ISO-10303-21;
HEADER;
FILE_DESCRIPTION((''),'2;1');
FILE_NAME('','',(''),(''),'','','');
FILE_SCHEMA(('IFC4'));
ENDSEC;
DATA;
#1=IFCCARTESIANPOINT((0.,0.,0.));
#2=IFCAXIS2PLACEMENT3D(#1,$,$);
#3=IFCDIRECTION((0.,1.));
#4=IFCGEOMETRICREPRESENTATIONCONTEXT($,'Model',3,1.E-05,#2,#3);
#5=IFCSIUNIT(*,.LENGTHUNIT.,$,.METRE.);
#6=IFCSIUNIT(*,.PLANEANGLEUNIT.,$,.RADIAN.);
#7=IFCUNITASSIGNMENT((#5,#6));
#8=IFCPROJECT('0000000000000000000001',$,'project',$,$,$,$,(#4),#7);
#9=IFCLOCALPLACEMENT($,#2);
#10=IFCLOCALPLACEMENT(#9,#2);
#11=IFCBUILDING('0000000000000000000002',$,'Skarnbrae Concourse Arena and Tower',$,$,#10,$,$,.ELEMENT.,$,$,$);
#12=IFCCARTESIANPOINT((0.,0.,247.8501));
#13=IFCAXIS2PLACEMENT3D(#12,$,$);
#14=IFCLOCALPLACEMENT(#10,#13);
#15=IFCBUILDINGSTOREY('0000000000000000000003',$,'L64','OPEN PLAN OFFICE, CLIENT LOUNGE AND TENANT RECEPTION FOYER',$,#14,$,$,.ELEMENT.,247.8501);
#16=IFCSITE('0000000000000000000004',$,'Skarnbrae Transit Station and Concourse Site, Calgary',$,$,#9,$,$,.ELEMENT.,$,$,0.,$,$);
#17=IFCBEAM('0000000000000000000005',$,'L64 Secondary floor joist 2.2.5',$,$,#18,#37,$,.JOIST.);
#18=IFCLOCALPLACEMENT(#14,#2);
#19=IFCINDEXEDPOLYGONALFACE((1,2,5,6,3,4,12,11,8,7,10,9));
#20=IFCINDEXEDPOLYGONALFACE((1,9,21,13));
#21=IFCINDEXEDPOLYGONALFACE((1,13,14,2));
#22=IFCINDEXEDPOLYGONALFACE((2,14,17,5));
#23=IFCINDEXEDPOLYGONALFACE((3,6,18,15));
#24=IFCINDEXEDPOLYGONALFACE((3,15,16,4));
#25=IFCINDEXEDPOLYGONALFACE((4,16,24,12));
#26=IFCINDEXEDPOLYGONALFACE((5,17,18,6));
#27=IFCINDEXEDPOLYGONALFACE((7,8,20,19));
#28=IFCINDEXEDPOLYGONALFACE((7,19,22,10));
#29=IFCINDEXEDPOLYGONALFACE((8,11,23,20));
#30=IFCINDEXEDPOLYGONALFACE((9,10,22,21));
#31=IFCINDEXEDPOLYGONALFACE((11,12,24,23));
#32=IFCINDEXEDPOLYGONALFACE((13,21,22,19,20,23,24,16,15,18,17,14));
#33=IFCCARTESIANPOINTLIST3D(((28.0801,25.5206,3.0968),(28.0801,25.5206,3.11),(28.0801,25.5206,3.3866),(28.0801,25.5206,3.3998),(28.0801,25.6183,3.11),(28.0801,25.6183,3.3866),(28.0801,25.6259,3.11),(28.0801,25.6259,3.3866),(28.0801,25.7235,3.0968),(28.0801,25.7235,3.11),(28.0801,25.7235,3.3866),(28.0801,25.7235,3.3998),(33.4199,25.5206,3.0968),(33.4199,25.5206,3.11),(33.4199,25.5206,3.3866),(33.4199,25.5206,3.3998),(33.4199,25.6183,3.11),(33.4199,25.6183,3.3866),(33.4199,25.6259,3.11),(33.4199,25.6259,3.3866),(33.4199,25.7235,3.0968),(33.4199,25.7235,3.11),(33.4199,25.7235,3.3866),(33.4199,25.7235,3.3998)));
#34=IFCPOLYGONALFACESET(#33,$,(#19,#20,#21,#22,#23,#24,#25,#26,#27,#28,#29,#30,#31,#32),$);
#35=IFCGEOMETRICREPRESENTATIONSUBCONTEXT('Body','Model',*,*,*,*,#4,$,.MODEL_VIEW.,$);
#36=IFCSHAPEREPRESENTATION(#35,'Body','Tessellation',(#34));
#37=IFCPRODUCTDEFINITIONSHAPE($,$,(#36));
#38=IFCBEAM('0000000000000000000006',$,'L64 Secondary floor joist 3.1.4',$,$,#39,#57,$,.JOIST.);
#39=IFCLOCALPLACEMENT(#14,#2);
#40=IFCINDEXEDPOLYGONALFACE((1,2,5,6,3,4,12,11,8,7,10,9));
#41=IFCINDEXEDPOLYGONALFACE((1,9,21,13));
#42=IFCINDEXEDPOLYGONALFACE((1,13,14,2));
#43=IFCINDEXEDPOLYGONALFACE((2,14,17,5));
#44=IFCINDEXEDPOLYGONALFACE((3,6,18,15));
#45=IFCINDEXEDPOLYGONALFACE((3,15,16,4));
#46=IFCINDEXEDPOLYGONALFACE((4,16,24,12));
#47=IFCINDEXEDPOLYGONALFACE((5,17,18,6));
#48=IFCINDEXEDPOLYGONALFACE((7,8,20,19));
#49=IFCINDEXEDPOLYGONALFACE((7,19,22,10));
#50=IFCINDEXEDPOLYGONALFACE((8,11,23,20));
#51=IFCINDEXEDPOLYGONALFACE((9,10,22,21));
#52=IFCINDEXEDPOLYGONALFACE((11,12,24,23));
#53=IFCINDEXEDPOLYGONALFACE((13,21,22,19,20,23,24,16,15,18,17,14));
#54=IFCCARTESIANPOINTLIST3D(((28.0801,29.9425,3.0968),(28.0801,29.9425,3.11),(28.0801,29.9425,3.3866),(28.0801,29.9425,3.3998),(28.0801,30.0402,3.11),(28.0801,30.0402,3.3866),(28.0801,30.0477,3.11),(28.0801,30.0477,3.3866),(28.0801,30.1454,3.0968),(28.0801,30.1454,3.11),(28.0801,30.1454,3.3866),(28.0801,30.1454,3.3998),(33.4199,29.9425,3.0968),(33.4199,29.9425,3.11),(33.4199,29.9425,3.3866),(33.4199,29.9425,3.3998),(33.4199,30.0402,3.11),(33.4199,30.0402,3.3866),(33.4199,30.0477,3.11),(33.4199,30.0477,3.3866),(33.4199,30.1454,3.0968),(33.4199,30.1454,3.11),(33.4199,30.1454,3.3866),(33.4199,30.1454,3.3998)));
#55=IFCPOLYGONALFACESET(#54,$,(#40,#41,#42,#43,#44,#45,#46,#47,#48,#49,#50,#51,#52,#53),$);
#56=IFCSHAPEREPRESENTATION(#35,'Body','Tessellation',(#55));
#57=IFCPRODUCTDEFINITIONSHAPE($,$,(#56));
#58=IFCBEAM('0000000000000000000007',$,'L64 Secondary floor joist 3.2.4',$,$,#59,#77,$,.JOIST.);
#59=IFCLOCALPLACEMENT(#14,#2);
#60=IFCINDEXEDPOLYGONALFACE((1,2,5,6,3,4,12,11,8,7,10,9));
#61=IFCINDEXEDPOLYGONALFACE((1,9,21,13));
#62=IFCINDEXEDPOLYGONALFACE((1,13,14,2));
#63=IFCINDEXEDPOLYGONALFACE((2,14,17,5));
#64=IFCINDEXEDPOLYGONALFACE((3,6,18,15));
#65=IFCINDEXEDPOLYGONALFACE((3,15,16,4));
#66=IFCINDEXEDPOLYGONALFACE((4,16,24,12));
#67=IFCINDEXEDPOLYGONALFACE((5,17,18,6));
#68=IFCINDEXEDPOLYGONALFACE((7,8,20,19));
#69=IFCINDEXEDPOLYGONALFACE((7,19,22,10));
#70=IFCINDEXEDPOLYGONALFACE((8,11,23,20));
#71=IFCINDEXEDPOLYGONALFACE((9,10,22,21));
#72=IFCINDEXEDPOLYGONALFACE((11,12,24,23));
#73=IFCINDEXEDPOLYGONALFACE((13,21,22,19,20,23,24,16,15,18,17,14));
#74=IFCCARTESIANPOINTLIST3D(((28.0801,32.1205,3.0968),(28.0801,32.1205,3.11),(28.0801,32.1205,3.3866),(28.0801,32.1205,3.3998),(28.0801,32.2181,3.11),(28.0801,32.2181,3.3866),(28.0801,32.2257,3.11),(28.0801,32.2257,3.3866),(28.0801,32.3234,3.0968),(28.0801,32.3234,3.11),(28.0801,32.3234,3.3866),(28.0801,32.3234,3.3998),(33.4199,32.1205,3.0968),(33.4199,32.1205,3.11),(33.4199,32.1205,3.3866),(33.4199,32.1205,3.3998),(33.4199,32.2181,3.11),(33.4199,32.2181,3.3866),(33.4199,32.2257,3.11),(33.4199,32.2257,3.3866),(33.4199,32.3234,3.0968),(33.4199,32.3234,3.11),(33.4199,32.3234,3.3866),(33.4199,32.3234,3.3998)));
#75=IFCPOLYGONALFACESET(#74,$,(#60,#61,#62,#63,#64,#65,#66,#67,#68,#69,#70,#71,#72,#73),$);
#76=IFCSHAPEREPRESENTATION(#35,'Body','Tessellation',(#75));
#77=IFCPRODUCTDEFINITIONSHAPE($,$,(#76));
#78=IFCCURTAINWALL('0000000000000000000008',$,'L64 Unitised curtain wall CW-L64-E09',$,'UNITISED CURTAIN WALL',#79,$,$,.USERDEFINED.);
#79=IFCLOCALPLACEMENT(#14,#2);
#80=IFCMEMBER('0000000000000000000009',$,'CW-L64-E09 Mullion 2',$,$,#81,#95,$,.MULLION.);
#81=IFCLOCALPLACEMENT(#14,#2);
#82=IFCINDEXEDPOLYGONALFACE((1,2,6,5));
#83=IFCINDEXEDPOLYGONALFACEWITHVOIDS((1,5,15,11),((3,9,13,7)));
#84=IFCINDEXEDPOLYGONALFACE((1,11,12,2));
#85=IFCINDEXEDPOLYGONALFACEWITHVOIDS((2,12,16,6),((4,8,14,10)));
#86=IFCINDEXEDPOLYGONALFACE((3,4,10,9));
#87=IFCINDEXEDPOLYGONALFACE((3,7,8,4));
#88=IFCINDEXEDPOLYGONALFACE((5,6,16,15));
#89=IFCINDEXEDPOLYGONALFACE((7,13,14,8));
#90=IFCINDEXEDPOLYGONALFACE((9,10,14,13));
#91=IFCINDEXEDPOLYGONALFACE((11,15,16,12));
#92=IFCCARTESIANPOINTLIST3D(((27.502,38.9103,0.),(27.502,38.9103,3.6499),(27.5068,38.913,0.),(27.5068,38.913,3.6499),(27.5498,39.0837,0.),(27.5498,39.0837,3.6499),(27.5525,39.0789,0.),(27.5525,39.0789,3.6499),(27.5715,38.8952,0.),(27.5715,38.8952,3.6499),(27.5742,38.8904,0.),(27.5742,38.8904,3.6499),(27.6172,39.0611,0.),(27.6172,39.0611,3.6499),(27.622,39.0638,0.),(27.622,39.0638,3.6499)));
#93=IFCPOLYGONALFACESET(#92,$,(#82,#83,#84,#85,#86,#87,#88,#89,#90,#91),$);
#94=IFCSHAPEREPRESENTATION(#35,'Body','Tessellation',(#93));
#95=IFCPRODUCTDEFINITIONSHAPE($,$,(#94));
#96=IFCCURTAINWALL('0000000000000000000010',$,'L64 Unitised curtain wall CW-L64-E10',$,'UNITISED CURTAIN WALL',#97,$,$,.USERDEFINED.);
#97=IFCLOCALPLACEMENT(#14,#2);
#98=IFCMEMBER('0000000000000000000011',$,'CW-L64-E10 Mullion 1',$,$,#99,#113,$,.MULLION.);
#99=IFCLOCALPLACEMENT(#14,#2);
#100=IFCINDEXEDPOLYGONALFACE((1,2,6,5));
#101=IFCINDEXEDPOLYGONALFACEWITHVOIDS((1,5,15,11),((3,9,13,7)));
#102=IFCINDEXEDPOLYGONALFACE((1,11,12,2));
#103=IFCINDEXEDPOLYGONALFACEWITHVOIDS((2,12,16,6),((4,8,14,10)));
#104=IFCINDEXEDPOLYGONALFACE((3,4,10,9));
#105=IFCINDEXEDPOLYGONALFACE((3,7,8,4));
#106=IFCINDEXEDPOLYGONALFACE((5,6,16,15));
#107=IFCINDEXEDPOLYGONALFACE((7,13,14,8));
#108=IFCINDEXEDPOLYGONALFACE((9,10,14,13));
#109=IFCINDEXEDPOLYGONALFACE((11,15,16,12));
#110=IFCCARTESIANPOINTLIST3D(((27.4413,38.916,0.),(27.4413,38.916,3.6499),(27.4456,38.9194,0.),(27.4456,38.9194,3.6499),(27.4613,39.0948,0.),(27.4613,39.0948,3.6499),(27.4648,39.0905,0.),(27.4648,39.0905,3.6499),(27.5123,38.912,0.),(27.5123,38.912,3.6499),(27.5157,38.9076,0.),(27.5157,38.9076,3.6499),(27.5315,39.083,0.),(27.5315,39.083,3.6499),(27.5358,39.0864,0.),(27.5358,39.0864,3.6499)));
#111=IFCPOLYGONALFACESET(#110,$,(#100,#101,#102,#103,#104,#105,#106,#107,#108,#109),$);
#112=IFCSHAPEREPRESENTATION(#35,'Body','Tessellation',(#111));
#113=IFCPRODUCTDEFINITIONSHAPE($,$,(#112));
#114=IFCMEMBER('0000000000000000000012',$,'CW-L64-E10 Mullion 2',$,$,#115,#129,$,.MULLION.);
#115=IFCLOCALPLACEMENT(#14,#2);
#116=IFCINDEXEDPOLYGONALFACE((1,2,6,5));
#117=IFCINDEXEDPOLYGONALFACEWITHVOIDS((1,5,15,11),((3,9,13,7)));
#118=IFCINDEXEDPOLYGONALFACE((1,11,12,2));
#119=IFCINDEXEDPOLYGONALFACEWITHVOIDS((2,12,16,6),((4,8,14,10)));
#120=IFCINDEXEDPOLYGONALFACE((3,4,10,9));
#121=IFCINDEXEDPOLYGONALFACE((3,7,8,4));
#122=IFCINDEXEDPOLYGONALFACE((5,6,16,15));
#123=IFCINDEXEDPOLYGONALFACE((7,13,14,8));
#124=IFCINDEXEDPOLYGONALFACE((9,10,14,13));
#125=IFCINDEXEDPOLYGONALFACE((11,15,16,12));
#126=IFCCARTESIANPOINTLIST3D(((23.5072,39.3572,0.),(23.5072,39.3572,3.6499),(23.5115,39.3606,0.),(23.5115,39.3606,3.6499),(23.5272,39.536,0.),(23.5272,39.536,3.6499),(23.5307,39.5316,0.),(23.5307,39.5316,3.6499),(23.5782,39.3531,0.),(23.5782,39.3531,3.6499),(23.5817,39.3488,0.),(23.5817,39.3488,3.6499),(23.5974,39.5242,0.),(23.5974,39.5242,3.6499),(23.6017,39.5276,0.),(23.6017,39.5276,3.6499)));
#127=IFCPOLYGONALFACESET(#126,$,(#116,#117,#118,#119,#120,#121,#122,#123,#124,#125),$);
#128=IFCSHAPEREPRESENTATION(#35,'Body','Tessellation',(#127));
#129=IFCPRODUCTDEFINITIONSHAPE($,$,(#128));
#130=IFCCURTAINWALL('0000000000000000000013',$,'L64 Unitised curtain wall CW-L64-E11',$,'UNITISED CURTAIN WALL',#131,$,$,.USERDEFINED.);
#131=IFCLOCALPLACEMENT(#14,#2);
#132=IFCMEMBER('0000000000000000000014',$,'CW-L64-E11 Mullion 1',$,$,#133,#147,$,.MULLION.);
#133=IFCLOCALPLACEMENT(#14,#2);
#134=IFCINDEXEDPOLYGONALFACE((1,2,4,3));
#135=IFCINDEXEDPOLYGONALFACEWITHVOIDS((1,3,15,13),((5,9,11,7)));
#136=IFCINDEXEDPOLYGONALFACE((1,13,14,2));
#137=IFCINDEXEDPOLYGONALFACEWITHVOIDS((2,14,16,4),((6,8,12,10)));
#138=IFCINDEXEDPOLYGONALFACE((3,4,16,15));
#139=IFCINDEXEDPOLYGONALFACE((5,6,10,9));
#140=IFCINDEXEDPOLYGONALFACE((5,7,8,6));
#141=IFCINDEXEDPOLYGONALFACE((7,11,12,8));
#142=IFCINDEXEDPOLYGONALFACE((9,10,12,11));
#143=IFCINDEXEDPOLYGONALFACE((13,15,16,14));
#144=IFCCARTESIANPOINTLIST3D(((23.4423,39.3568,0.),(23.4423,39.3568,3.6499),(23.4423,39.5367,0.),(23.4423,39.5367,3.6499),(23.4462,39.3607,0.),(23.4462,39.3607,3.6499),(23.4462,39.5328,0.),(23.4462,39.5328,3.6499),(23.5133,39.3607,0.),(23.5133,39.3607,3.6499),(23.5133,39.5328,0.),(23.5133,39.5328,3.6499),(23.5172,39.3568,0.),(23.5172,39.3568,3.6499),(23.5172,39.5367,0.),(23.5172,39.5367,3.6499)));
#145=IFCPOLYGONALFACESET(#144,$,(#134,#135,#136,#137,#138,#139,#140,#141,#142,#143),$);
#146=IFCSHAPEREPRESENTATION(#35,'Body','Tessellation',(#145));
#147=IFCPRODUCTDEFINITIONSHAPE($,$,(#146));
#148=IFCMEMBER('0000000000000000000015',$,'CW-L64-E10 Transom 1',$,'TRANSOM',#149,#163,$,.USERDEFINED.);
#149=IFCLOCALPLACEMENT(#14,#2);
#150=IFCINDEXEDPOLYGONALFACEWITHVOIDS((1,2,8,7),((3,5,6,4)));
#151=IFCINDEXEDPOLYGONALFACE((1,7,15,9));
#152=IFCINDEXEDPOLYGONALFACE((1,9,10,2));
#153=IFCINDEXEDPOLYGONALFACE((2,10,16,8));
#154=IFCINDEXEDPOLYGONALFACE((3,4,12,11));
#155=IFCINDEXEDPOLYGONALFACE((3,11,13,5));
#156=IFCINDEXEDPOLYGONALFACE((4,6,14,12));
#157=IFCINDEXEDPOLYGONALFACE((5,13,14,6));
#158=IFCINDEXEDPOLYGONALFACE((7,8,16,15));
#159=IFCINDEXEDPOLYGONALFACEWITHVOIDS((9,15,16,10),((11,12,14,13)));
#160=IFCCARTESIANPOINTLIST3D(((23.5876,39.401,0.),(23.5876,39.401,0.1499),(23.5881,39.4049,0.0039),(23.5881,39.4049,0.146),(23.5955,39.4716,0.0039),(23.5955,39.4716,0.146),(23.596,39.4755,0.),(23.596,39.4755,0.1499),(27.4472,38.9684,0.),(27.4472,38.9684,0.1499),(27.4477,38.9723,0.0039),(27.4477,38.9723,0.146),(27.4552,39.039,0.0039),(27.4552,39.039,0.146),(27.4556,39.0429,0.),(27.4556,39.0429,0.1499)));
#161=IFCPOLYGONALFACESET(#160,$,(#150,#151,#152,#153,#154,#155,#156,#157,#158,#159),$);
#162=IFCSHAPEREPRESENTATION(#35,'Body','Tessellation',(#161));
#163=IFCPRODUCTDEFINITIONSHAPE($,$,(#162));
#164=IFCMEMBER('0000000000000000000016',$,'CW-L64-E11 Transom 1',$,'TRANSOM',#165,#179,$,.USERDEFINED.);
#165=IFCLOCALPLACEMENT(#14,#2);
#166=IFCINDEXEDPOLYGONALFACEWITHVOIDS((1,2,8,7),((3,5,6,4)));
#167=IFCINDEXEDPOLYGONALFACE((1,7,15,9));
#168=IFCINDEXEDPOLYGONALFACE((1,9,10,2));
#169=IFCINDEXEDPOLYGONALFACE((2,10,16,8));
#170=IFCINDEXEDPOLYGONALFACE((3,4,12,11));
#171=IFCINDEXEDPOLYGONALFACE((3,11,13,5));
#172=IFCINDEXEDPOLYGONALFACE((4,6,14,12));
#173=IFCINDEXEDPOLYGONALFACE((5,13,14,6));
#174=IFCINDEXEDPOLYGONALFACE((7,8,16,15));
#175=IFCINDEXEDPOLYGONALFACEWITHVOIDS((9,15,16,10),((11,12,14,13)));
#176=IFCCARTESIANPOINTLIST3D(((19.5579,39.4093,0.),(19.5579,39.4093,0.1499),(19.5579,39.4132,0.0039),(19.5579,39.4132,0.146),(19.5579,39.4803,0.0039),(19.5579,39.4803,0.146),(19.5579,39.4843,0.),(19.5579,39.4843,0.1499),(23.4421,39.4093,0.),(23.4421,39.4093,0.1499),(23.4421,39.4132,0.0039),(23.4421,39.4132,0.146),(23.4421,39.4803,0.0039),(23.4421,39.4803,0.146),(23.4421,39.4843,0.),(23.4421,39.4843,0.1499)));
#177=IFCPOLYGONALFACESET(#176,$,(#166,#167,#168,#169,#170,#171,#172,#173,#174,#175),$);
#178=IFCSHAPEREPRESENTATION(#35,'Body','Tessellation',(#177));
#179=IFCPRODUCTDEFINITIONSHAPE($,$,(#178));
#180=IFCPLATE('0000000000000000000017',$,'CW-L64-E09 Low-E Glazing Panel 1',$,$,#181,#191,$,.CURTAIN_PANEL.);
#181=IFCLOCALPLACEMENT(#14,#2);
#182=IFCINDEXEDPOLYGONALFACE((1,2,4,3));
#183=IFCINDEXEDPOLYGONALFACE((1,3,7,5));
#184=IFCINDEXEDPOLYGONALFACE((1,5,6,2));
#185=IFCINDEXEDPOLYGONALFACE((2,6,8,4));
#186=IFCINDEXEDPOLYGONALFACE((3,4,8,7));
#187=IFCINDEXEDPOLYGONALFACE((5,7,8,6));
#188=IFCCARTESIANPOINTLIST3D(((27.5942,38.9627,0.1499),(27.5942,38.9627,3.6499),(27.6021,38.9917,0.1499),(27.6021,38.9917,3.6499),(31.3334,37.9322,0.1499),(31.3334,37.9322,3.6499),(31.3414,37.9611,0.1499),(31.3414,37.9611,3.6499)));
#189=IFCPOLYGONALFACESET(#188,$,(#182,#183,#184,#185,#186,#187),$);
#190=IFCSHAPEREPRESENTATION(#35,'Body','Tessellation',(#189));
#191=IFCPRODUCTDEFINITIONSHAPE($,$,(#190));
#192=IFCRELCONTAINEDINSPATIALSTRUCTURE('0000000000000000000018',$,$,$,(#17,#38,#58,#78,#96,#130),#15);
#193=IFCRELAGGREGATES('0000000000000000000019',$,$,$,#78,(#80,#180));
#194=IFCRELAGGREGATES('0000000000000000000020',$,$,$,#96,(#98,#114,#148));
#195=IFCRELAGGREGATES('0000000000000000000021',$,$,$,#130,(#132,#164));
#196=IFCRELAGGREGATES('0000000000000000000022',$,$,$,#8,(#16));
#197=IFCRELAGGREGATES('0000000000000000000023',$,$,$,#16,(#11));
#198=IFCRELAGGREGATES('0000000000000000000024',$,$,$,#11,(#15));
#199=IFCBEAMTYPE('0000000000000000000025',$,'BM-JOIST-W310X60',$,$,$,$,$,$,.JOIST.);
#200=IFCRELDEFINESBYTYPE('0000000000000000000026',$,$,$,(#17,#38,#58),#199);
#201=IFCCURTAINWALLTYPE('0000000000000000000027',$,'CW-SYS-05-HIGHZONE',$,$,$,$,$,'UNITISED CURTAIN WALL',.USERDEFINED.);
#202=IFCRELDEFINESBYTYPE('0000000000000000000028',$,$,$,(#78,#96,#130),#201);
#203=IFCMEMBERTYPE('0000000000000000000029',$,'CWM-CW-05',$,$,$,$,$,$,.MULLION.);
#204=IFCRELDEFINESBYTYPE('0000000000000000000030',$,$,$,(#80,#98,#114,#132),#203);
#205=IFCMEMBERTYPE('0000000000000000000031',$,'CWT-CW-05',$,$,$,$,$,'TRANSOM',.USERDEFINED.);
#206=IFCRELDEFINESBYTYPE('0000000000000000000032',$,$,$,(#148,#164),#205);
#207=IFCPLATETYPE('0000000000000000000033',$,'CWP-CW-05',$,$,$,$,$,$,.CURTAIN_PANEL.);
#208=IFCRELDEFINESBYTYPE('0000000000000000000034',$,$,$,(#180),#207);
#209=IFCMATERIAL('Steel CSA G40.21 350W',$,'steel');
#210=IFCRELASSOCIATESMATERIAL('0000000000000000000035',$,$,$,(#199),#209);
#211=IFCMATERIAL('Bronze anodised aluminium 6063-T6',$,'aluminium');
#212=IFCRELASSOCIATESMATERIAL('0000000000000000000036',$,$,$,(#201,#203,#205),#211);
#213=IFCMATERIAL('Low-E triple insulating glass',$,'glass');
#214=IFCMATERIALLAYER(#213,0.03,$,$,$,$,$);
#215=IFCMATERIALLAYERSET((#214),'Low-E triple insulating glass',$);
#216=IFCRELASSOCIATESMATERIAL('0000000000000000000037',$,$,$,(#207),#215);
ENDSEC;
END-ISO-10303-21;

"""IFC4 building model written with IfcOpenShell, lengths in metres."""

from ifc_helpers import new_model, si_unit, direction, frame, origin, origin_2d, place, context, subcontext, project, spatial, rectangle, hollow_rectangle, i_section, extrude, source, transform, mapped, material, layer, layer_set, material_profile, profile_set, type_object, element, aggregate, save


model = new_model("IFC4")

# Units and contexts
model_context = context("Model", 3, precision=1e-05, world=origin(), true_north=direction((0.0, 1.0)))
body_context = subcontext(model_context, "Body", "Model", "MODEL_VIEW")
ifc_project = project(units=[si_unit("LENGTHUNIT", "METRE"), si_unit("PLANEANGLEUNIT", "RADIAN")], contexts=[model_context])

# Site, building, storey
site_placement = place(None, origin())
site = spatial("IfcSite", under=ifc_project, at=site_placement, Name="Skarnbrae Transit Station and Concourse Site, Calgary", CompositionType="ELEMENT", RefElevation=0.0)
building_placement = place(site_placement, origin())
building = spatial("IfcBuilding", under=site, at=building_placement, Name="Skarnbrae Concourse Arena and Tower", CompositionType="ELEMENT")
storey_placement = place(building_placement, frame((0.0, 0.0, 247.8501)))
storey = spatial("IfcBuildingStorey", under=building, at=storey_placement, Name="L64", Description="OPEN PLAN OFFICE, CLIENT LOUNGE AND TENANT RECEPTION FOYER", CompositionType="ELEMENT", Elevation=247.8501)

# Shared definitions
ifc_material_1 = material(Name="Steel CSA G40.21 350W", Category="steel")

# Beams
ifc_material_profile_1 = material_profile(ifc_material_1, i_section(OverallWidth=0.2029, OverallDepth=0.303, WebThickness=0.0076, FlangeThickness=0.0132, at=origin_2d()), Name="W310X60")
ifc_profile_set_1 = profile_set([ifc_material_profile_1], Name="Steel CSA G40.21 350W")
beam_type_1 = type_object("IfcBeamType", Name="BM-JOIST-W310X60", PredefinedType="JOIST", material=ifc_profile_set_1)
shared_shape_1 = source(origin(), body_context, "Body", "SweptSolid", [
    extrude(i_section(OverallWidth=0.2029, OverallDepth=0.303, WebThickness=0.0076, FlangeThickness=0.0132, at=origin_2d()), origin(), (0.0, 0.0, 1.0), 5.3398),
])
for number, where, z_axis, x_axis, name in (
    (1, (28.0801, 25.6221, 3.2483), (1.0, 0.0, 0.0), (0.0, 1.0, 0.0), "L64 Secondary floor joist 2.2.5"),
    (2, (28.0801, 30.0439, 3.2483), (1.0, 0.0, 0.0), (0.0, 1.0, 0.0), "L64 Secondary floor joist 3.1.4"),
    (3, (28.0801, 32.2219, 3.2483), (1.0, 0.0, 0.0), (0.0, 1.0, 0.0), "L64 Secondary floor joist 3.2.4"),
):
    element("IfcBeam", number, at=place(storey_placement, frame(where, z_axis=z_axis, x_axis=x_axis)), inside=storey, type_object=beam_type_1, Name=name, PredefinedType="JOIST", context=body_context, shape_type="MappedRepresentation", body=[
        mapped(shared_shape_1, transform((0.0, 0.0, 0.0))),
    ])

# Curtain wall, member
ifc_material_2 = material(Name="Bronze anodised aluminium 6063-T6", Category="aluminium")
curtain_wall_type = type_object("IfcCurtainWallType", Name="CW-SYS-05-HIGHZONE", ElementType="UNITISED CURTAIN WALL", PredefinedType="USERDEFINED", material=ifc_material_2)
curtain_wall_1_placement = place(storey_placement, origin())
curtain_wall_1 = element("IfcCurtainWall", 4, at=curtain_wall_1_placement, inside=storey, type_object=curtain_wall_type, Name="L64 Unitised curtain wall CW-L64-E09", ObjectType="UNITISED CURTAIN WALL", PredefinedType="USERDEFINED")
ifc_material_profile_2 = material_profile(ifc_material_2, hollow_rectangle(XDim=0.075, YDim=0.1799, WallThickness=0.0039, at=origin_2d()), Name="ALU-MULL-75X180")
ifc_profile_set_2 = profile_set([ifc_material_profile_2], Name="Bronze anodised aluminium 6063-T6")
member_type_1 = type_object("IfcMemberType", Name="CWM-CW-05", PredefinedType="MULLION", material=ifc_profile_set_2)
shared_shape_2 = source(origin(), body_context, "Body", "SweptSolid", [
    extrude(hollow_rectangle(XDim=0.075, YDim=0.1799, WallThickness=0.0039, at=origin_2d()), origin(), (0.0, 0.0, 1.0), 3.6499),
])
member_1_placement = place(storey_placement, frame((27.562, 38.9871, 0.0), z_axis=(0.0, 0.0, 1.0), x_axis=(-0.964057, 0.265694, 0.0)))
member_1 = element("IfcMember", 5, at=member_1_placement, type_object=member_type_1, Name="CW-L64-E09 Mullion 2", PredefinedType="MULLION", context=body_context, shape_type="MappedRepresentation", body=[
    mapped(shared_shape_2, transform((0.0, 0.0, 0.0))),
])

# Curtain wall, members
curtain_wall_2_placement = place(storey_placement, origin())
curtain_wall_2 = element("IfcCurtainWall", 6, at=curtain_wall_2_placement, inside=storey, type_object=curtain_wall_type, Name="L64 Unitised curtain wall CW-L64-E10", ObjectType="UNITISED CURTAIN WALL", PredefinedType="USERDEFINED")
member_2_placement = place(storey_placement, frame((27.4885, 39.0012, 0.0), z_axis=(0.0, 0.0, 1.0), x_axis=(-0.993769, 0.11146, 0.0)))
member_2 = element("IfcMember", 7, at=member_2_placement, type_object=member_type_1, Name="CW-L64-E10 Mullion 1", PredefinedType="MULLION", context=body_context, shape_type="MappedRepresentation", body=[
    mapped(shared_shape_2, transform((0.0, 0.0, 0.0))),
])
member_3_placement = place(storey_placement, frame((23.5544, 39.4424, 0.0), z_axis=(0.0, 0.0, 1.0), x_axis=(-0.993769, 0.11146, 0.0)))
member_3 = element("IfcMember", 8, at=member_3_placement, type_object=member_type_1, Name="CW-L64-E10 Mullion 2", PredefinedType="MULLION", context=body_context, shape_type="MappedRepresentation", body=[
    mapped(shared_shape_2, transform((0.0, 0.0, 0.0))),
])

# Curtain wall, member
curtain_wall_3_placement = place(storey_placement, origin())
curtain_wall_3 = element("IfcCurtainWall", 9, at=curtain_wall_3_placement, inside=storey, type_object=curtain_wall_type, Name="L64 Unitised curtain wall CW-L64-E11", ObjectType="UNITISED CURTAIN WALL", PredefinedType="USERDEFINED")
member_4_placement = place(storey_placement, frame((23.4797, 39.4468, 0.0), z_axis=(0.0, 0.0, 1.0), x_axis=(-1.0, 0.0, 0.0)))
member_4 = element("IfcMember", 10, at=member_4_placement, type_object=member_type_1, Name="CW-L64-E11 Mullion 1", PredefinedType="MULLION", context=body_context, shape_type="MappedRepresentation", body=[
    mapped(shared_shape_2, transform((0.0, 0.0, 0.0))),
])

# Members
ifc_material_profile_3 = material_profile(ifc_material_2, hollow_rectangle(XDim=0.075, YDim=0.1499, WallThickness=0.0039, at=origin_2d()), Name="ALU-TRAN-75X150")
ifc_profile_set_3 = profile_set([ifc_material_profile_3], Name="Bronze anodised aluminium 6063-T6")
member_type_2 = type_object("IfcMemberType", Name="CWT-CW-05", ElementType="TRANSOM", PredefinedType="USERDEFINED", material=ifc_profile_set_3)
shared_shape_3 = source(origin(), body_context, "Body", "SweptSolid", [
    extrude(hollow_rectangle(XDim=0.075, YDim=0.1499, WallThickness=0.0039, at=origin_2d()), origin(), (0.0, 0.0, 1.0), 3.8838),
])
member_5_placement = place(storey_placement, frame((27.4514, 39.0056, 0.075), z_axis=(-0.993777, 0.11139, 0.0), x_axis=(-0.11139, -0.993777, 0.0)))
member_5 = element("IfcMember", 11, at=member_5_placement, type_object=member_type_2, Name="CW-L64-E10 Transom 1", ObjectType="TRANSOM", PredefinedType="USERDEFINED", context=body_context, shape_type="MappedRepresentation", body=[
    mapped(shared_shape_3, transform((0.0, 0.0, 0.0))),
])
shared_shape_4 = source(origin(), body_context, "Body", "SweptSolid", [
    extrude(hollow_rectangle(XDim=0.075, YDim=0.1499, WallThickness=0.0039, at=origin_2d()), origin(), (0.0, 0.0, 1.0), 3.8843),
])
member_6_placement = place(storey_placement, frame((23.4421, 39.4468, 0.075), z_axis=(-1.0, 0.0, 0.0), x_axis=(0.0, -1.0, 0.0)))
member_6 = element("IfcMember", 12, at=member_6_placement, type_object=member_type_2, Name="CW-L64-E11 Transom 1", ObjectType="TRANSOM", PredefinedType="USERDEFINED", context=body_context, shape_type="MappedRepresentation", body=[
    mapped(shared_shape_4, transform((0.0, 0.0, 0.0))),
])

# Plate
ifc_material_3 = material(Name="Low-E triple insulating glass", Category="glass")
ifc_layer = layer(ifc_material_3, 0.03)
ifc_layer_set = layer_set([ifc_layer], Name="Low-E triple insulating glass")
plate_type = type_object("IfcPlateType", Name="CWP-CW-05", PredefinedType="CURTAIN_PANEL", material=ifc_layer_set)
shared_shape_5 = source(origin(), body_context, "Body", "SweptSolid", [
    extrude(rectangle(XDim=3.8787, YDim=0.03, at=origin_2d()), origin(), (0.0, 0.0, 1.0), 3.5),
])
plate_1_placement = place(storey_placement, frame((29.4678, 38.4619, 0.1499), z_axis=(0.0, 0.0, 1.0), x_axis=(-0.964057, 0.265694, 0.0)))
plate_1 = element("IfcPlate", 13, at=plate_1_placement, type_object=plate_type, Name="CW-L64-E09 Low-E Glazing Panel 1", PredefinedType="CURTAIN_PANEL", context=body_context, shape_type="MappedRepresentation", body=[
    mapped(shared_shape_5, transform((0.0, 0.0, 0.0))),
])
aggregate(curtain_wall_1, [member_1, plate_1])
aggregate(curtain_wall_2, [member_2, member_3, member_5])
aggregate(curtain_wall_3, [member_4, member_6])

save(model, "model.ifc")
